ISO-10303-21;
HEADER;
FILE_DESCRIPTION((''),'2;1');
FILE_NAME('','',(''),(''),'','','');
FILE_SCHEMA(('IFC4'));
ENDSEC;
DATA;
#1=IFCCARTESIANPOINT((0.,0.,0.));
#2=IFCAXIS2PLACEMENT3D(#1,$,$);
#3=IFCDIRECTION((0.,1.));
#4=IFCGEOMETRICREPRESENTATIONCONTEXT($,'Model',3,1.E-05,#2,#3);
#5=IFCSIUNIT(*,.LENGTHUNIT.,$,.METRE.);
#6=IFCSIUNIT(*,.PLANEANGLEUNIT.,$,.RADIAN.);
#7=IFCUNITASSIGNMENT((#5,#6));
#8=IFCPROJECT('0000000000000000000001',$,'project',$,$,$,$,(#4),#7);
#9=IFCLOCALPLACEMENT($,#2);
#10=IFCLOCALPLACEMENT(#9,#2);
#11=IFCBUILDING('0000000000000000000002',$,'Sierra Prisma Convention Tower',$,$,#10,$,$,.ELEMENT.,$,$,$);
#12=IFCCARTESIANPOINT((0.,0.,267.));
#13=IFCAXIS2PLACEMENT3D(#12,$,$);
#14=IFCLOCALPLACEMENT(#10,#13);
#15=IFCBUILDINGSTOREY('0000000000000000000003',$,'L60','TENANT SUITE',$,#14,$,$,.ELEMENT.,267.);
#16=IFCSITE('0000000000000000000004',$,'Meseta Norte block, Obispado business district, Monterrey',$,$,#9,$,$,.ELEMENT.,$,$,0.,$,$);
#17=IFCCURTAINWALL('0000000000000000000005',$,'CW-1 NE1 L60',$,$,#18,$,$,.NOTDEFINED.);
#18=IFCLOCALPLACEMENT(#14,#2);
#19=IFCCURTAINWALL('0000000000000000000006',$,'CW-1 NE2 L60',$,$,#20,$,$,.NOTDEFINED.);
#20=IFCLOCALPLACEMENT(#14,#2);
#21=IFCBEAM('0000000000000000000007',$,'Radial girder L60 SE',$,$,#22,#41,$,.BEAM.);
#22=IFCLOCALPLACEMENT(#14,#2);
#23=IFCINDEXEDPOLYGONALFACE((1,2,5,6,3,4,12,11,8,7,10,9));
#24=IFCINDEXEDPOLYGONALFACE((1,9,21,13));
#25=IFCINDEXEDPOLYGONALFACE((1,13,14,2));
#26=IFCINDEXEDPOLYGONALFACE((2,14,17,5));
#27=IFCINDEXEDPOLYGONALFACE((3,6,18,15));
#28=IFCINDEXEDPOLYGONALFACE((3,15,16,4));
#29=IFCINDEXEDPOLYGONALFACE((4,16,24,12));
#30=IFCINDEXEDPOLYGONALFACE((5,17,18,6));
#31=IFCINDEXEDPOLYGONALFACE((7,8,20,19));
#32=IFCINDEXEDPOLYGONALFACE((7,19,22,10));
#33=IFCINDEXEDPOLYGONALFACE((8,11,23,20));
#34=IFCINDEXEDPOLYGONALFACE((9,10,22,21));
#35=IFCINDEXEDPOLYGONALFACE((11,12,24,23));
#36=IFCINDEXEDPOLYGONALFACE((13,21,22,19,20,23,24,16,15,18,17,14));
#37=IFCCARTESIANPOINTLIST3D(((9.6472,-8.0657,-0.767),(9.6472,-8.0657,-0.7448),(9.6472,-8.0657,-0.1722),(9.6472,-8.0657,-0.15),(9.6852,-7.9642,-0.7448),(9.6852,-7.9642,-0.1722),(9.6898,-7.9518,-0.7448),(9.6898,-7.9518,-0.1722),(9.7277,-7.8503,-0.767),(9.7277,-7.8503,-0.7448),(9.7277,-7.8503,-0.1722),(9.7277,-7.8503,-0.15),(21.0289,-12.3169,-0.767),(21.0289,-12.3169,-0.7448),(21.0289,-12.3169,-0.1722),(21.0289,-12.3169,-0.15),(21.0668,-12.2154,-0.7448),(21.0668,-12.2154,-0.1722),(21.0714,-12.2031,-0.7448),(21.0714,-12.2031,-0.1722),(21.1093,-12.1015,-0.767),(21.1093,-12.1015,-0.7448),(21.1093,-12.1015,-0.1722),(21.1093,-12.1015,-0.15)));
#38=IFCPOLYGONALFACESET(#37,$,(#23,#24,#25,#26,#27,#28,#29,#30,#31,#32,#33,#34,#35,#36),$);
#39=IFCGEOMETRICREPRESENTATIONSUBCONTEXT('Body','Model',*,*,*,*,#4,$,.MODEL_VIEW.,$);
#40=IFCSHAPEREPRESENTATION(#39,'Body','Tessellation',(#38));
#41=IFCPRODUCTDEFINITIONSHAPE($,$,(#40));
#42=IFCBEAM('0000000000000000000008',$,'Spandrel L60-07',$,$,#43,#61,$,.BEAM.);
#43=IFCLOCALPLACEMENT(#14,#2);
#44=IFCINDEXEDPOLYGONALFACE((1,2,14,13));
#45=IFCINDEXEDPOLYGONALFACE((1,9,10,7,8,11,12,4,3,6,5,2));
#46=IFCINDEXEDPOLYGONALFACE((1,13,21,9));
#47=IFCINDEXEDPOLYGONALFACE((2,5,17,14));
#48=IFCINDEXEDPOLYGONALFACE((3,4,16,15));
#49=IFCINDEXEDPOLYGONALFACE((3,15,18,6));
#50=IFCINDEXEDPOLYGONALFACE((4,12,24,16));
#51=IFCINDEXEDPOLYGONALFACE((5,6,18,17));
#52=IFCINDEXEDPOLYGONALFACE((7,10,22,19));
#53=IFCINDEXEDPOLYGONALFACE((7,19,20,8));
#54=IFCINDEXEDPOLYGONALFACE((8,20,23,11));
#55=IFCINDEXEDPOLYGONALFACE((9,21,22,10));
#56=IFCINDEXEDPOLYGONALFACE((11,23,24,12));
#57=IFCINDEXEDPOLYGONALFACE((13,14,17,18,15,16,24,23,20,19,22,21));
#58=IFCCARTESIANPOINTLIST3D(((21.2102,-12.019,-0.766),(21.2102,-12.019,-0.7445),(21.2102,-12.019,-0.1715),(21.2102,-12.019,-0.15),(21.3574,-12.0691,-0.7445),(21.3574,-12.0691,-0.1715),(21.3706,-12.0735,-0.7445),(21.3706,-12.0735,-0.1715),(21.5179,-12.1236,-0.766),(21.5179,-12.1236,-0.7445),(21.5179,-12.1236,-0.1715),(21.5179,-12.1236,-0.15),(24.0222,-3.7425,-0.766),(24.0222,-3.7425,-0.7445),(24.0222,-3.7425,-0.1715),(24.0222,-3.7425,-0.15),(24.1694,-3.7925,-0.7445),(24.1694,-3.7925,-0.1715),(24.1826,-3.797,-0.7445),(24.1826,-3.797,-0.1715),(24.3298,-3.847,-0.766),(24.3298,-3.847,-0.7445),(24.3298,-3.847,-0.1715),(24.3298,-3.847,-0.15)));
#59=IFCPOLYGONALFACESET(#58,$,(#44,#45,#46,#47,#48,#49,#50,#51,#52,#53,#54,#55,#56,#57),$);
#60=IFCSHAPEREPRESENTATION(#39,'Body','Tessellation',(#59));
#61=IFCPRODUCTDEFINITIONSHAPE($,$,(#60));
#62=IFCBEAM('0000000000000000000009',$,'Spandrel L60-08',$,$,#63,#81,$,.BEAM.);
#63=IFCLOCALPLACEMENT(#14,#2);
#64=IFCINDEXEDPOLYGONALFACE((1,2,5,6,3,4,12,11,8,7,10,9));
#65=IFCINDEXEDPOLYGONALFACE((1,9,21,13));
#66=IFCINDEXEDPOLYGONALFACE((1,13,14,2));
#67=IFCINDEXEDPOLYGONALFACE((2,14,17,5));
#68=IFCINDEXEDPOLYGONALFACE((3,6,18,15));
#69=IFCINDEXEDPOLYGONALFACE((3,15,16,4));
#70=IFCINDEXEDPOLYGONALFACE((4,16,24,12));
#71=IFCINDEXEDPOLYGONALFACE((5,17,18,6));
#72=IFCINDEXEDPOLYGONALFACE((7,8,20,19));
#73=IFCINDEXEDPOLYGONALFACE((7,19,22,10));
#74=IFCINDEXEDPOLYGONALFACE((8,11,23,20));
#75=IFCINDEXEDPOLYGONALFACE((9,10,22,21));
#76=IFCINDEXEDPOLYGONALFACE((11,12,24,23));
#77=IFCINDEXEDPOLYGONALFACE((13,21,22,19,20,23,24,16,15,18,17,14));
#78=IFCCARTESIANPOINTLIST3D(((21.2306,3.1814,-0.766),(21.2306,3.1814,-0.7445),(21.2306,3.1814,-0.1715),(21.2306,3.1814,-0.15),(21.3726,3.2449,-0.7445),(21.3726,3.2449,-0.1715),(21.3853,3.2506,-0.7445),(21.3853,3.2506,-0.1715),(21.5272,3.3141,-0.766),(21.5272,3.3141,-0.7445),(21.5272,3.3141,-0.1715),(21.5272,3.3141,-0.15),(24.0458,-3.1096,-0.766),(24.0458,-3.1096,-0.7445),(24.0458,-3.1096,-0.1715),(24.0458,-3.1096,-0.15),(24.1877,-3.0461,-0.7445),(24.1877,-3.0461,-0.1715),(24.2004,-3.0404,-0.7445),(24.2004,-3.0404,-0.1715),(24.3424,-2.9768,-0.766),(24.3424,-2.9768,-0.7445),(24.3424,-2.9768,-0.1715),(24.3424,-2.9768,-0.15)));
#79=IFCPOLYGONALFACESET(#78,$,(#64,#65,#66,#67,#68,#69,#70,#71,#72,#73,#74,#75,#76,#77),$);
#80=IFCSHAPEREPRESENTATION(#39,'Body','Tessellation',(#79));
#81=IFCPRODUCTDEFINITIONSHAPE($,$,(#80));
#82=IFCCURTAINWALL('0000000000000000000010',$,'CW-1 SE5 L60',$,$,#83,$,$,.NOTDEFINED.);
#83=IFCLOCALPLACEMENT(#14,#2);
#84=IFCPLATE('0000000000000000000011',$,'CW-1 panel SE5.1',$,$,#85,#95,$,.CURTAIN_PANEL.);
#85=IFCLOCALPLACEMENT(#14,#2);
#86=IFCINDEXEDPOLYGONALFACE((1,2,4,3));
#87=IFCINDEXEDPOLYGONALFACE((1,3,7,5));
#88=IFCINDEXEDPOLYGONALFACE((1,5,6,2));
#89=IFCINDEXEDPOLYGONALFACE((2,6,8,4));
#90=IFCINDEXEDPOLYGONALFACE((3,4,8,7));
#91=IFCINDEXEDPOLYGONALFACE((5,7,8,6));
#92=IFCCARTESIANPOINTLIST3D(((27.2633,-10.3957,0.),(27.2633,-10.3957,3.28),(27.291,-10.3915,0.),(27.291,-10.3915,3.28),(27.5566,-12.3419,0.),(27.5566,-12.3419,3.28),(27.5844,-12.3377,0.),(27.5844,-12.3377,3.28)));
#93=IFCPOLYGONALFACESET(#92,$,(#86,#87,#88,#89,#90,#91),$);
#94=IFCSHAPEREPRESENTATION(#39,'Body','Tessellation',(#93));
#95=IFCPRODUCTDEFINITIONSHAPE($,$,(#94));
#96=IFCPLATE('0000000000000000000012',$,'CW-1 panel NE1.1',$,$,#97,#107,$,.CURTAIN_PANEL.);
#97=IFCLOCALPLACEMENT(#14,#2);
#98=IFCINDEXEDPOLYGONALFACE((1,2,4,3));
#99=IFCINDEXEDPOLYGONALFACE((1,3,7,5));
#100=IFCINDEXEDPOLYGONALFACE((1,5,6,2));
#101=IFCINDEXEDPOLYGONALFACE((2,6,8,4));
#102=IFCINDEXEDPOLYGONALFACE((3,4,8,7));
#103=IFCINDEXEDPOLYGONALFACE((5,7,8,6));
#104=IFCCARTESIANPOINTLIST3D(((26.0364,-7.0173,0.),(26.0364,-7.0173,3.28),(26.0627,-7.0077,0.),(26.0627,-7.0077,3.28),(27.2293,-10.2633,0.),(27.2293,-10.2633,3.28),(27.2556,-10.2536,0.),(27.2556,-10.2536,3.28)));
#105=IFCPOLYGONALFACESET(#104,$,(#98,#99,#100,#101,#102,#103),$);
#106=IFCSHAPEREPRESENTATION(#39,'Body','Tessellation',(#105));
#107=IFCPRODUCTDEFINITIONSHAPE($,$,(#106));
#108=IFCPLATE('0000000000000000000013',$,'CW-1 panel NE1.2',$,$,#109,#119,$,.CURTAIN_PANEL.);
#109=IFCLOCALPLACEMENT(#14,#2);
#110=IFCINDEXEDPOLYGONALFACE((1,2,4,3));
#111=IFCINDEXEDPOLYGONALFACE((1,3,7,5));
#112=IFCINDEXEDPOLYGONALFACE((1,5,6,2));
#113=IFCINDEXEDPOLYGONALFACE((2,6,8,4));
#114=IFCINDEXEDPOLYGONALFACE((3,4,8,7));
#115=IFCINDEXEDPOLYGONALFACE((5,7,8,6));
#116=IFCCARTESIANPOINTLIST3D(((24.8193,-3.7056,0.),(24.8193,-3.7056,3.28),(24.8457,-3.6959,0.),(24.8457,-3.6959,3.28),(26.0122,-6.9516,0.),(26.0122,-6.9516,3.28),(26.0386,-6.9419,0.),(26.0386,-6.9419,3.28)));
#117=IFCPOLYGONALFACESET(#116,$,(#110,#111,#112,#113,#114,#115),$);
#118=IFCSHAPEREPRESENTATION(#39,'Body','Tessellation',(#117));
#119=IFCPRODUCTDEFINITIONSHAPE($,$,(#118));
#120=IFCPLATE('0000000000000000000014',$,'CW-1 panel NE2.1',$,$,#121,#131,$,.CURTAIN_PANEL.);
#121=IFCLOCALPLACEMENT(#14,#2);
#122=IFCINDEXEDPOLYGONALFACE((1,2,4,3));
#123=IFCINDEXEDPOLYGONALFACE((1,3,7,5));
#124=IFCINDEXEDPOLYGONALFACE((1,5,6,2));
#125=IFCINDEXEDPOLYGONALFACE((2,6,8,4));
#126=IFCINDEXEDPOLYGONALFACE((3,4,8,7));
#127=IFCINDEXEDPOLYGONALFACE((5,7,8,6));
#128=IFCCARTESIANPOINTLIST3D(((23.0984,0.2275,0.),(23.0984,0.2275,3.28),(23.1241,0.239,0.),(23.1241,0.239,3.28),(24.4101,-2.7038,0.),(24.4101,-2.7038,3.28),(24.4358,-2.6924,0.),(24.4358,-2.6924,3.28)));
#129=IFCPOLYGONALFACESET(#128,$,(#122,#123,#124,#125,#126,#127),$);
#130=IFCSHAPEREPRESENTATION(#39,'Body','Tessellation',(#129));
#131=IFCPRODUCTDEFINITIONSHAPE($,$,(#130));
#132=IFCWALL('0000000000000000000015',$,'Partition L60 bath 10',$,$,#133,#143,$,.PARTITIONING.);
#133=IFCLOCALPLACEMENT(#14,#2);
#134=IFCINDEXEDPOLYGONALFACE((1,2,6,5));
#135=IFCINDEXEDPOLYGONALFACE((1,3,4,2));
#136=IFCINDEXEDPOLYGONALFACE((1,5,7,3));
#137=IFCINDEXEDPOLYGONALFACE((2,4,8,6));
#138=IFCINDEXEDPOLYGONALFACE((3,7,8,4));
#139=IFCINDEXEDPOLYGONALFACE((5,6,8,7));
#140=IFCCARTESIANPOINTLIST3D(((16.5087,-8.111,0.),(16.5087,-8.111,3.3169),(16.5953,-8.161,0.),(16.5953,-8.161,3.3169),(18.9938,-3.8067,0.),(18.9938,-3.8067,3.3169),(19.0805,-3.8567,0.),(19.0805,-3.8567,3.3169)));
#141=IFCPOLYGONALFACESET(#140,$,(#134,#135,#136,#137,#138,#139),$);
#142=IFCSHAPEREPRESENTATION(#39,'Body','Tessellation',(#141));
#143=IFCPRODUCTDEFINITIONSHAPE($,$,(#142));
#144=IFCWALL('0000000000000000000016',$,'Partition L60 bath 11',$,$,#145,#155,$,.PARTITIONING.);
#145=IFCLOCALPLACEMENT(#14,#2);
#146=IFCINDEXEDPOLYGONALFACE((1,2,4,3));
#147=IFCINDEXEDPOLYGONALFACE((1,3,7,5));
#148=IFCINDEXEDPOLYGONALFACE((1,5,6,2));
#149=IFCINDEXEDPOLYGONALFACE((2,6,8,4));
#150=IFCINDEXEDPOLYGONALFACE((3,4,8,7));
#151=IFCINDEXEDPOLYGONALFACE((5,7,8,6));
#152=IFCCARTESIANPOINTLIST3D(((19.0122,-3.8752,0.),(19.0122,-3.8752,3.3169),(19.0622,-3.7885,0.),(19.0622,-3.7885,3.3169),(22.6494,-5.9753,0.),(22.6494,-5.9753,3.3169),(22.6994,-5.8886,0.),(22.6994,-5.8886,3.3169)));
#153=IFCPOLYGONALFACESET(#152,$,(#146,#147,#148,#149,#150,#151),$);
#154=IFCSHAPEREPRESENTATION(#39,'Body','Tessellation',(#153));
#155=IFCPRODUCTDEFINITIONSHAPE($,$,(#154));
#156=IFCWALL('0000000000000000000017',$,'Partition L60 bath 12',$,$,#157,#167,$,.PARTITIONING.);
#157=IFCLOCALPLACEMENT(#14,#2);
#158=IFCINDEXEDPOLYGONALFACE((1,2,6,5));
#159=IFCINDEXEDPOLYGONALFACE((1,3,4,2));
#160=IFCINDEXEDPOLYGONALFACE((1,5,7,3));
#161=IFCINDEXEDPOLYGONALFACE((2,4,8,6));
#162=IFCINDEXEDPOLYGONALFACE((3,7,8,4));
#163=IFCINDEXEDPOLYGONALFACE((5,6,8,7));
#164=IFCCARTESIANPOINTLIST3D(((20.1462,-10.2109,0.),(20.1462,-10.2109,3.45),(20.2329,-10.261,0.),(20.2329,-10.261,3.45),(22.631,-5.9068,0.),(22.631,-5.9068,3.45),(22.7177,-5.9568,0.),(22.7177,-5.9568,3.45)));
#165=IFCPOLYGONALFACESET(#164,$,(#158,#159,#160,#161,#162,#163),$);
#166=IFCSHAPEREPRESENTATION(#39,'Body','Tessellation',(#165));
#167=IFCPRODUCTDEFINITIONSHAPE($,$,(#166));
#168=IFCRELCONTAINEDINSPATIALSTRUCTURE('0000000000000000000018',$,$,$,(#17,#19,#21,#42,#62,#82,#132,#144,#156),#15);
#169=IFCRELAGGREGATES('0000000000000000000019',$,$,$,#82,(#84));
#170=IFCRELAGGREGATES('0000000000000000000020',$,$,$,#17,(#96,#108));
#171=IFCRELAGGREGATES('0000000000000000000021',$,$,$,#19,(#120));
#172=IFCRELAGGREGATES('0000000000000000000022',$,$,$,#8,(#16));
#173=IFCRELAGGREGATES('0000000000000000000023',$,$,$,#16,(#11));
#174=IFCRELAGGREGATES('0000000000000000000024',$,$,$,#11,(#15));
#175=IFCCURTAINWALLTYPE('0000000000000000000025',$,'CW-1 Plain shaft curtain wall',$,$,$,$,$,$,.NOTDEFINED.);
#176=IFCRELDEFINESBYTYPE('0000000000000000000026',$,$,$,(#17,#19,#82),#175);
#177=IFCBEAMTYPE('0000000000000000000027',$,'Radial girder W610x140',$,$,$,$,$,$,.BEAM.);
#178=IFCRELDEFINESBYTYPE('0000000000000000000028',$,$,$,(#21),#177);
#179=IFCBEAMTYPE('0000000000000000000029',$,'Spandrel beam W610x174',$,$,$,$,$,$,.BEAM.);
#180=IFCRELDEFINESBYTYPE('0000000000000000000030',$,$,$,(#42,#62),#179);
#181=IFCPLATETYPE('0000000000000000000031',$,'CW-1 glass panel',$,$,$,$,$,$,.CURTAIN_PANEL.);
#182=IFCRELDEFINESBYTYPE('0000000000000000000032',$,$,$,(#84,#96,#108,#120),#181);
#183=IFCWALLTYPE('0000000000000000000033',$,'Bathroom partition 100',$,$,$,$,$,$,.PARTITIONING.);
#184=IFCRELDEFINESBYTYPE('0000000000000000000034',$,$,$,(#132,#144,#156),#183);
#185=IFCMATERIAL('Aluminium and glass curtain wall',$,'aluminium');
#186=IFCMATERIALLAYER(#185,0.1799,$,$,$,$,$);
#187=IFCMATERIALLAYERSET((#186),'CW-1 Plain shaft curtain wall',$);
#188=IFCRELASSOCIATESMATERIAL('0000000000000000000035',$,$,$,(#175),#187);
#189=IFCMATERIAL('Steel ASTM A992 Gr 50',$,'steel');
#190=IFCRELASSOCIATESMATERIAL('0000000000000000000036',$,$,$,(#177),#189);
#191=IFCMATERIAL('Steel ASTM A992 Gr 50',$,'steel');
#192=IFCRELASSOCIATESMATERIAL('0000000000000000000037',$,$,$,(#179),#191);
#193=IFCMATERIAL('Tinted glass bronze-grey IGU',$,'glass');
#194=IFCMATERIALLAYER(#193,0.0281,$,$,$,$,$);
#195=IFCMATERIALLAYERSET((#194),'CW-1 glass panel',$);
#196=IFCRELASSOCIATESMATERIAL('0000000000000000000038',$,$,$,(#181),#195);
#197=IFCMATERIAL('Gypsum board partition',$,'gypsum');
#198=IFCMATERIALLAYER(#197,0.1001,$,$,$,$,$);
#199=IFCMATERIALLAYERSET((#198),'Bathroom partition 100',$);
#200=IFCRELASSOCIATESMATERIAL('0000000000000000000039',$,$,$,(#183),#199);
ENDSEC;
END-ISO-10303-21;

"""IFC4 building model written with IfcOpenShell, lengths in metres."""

from ifc_helpers import new_model, si_unit, direction, frame, frame_2d, origin, origin_2d, place, context, subcontext, project, spatial, rectangle, i_section, extrude, material, layer, layer_set, material_profile, profile_set, type_object, element, aggregate, save


model = new_model("IFC4")

# Units and contexts
model_context = context("Model", 3, precision=1e-05, world=origin(), true_north=direction((0.0, 1.0)))
body_context = subcontext(model_context, "Body", "Model", "MODEL_VIEW")
ifc_project = project(units=[si_unit("LENGTHUNIT", "METRE"), si_unit("PLANEANGLEUNIT", "RADIAN")], contexts=[model_context])

# Site, building, storey
site_placement = place(None, origin())
site = spatial("IfcSite", under=ifc_project, at=site_placement, Name="Meseta Norte block, Obispado business district, Monterrey", CompositionType="ELEMENT", RefElevation=0.0)
building_placement = place(site_placement, origin())
building = spatial("IfcBuilding", under=site, at=building_placement, Name="Sierra Prisma Convention Tower", CompositionType="ELEMENT")
storey_placement = place(building_placement, frame((0.0, 0.0, 267.0)))
storey = spatial("IfcBuildingStorey", under=building, at=storey_placement, Name="L60", Description="TENANT SUITE", CompositionType="ELEMENT", Elevation=267.0)

# Curtain wall
ifc_material_1 = material(Name="Aluminium and glass curtain wall", Category="aluminium")
ifc_layer_1 = layer(ifc_material_1, 0.1799)
ifc_layer_set_1 = layer_set([ifc_layer_1], Name="CW-1 Plain shaft curtain wall")
curtain_wall_type = type_object("IfcCurtainWallType", Name="CW-1 Plain shaft curtain wall", PredefinedType="NOTDEFINED", material=ifc_layer_set_1)
curtain_wall_1_placement = place(storey_placement, origin())
curtain_wall_1 = element("IfcCurtainWall", 1, at=curtain_wall_1_placement, inside=storey, type_object=curtain_wall_type, Name="CW-1 NE1 L60", PredefinedType="NOTDEFINED")

# Curtain wall
curtain_wall_2_placement = place(storey_placement, origin())
curtain_wall_2 = element("IfcCurtainWall", 2, at=curtain_wall_2_placement, inside=storey, type_object=curtain_wall_type, Name="CW-1 NE2 L60", PredefinedType="NOTDEFINED")

# Beams
ifc_material_2 = material(Name="Steel ASTM A992 Gr 50", Category="steel")
ifc_material_profile_1 = material_profile(ifc_material_2, i_section(OverallWidth=0.23, OverallDepth=0.6169, WebThickness=0.0132, FlangeThickness=0.0222, at=origin_2d()), Name="W610x140")
ifc_profile_set_1 = profile_set([ifc_material_profile_1], Name="Steel ASTM A992 Gr 50")
beam_type_1 = type_object("IfcBeamType", Name="Radial girder W610x140", PredefinedType="BEAM", material=ifc_profile_set_1)
beam_1_placement = place(storey_placement, frame((21.0691, -12.2092, -0.4585), z_axis=(-0.936785, 0.349905, 0.0), x_axis=(-0.349905, -0.936785, 0.0)))
element("IfcBeam", 3, at=beam_1_placement, inside=storey, type_object=beam_type_1, Name="Radial girder L60 SE", PredefinedType="BEAM", context=body_context, shape_type="SweptSolid", body=[
    extrude(i_section(OverallWidth=0.23, OverallDepth=0.6169, WebThickness=0.0132, FlangeThickness=0.0222, at=origin_2d()), origin(), (0.0, 0.0, 1.0), 12.1497),
])
ifc_material_3 = material(Name="Steel ASTM A992 Gr 50", Category="steel")
ifc_material_profile_2 = material_profile(ifc_material_3, i_section(OverallWidth=0.325, OverallDepth=0.616, WebThickness=0.0139, FlangeThickness=0.0215, at=origin_2d()), Name="W610x174")
ifc_profile_set_2 = profile_set([ifc_material_profile_2], Name="Steel ASTM A992 Gr 50")
beam_type_2 = type_object("IfcBeamType", Name="Spandrel beam W610x174", PredefinedType="BEAM", material=ifc_profile_set_2)
beam_2_placement = place(storey_placement, frame((21.364, -12.0713, -0.458), z_axis=(0.321694, 0.946844, 0.0), x_axis=(-0.946844, 0.321694, 0.0)))
element("IfcBeam", 4, at=beam_2_placement, inside=storey, type_object=beam_type_2, Name="Spandrel L60-07", PredefinedType="BEAM", context=body_context, shape_type="SweptSolid", body=[
    extrude(i_section(OverallWidth=0.325, OverallDepth=0.616, WebThickness=0.0139, FlangeThickness=0.0215, at=origin_2d()), origin(), (0.0, 0.0, 1.0), 8.7412),
])
beam_3_placement = place(storey_placement, frame((24.1941, -3.0432, -0.458), z_axis=(-0.408461, 0.912776, 0.0), x_axis=(-0.912776, -0.408461, 0.0)))
element("IfcBeam", 5, at=beam_3_placement, inside=storey, type_object=beam_type_2, Name="Spandrel L60-08", PredefinedType="BEAM", context=body_context, shape_type="SweptSolid", body=[
    extrude(i_section(OverallWidth=0.325, OverallDepth=0.616, WebThickness=0.0139, FlangeThickness=0.0215, at=origin_2d()), origin(), (0.0, 0.0, 1.0), 6.8921),
])

# Curtain wall, plate
curtain_wall_3_placement = place(storey_placement, origin())
curtain_wall_3 = element("IfcCurtainWall", 6, at=curtain_wall_3_placement, inside=storey, type_object=curtain_wall_type, Name="CW-1 SE5 L60", PredefinedType="NOTDEFINED")
ifc_material_4 = material(Name="Tinted glass bronze-grey IGU", Category="glass")
ifc_layer_2 = layer(ifc_material_4, 0.0281)
ifc_layer_set_2 = layer_set([ifc_layer_2], Name="CW-1 glass panel")
plate_type = type_object("IfcPlateType", Name="CW-1 glass panel", PredefinedType="CURTAIN_PANEL", material=ifc_layer_set_2)
plate_1_placement = place(storey_placement, frame((27.4238, -11.3667, 0.0), z_axis=(0.0, 0.0, 1.0), x_axis=(-0.149048, 0.98883, 0.0)))
plate_1 = element("IfcPlate", 7, at=plate_1_placement, type_object=plate_type, Name="CW-1 panel SE5.1", PredefinedType="CURTAIN_PANEL", context=body_context, shape_type="SweptSolid", body=[
    extrude(rectangle(XDim=1.9683, YDim=0.0281, at=origin_2d()), origin(), (0.0, 0.0, 1.0), 3.28),
])
aggregate(curtain_wall_3, [plate_1])

# Plates
plate_2_placement = place(storey_placement, frame((26.646, -8.6355, 0.0), z_axis=(0.0, 0.0, 1.0), x_axis=(-0.344952, 0.93862, 0.0)))
plate_2 = element("IfcPlate", 8, at=plate_2_placement, type_object=plate_type, Name="CW-1 panel NE1.1", PredefinedType="CURTAIN_PANEL", context=body_context, shape_type="SweptSolid", body=[
    extrude(rectangle(XDim=3.4583, YDim=0.0281, at=origin_2d()), origin(), (0.0, 0.0, 1.0), 3.28),
])
plate_3_placement = place(storey_placement, frame((25.429, -5.3237, 0.0), z_axis=(0.0, 0.0, 1.0), x_axis=(-0.344952, 0.93862, 0.0)))
plate_3 = element("IfcPlate", 9, at=plate_3_placement, type_object=plate_type, Name="CW-1 panel NE1.2", PredefinedType="CURTAIN_PANEL", context=body_context, shape_type="SweptSolid", body=[
    extrude(rectangle(XDim=3.4583, YDim=0.0281, at=origin_2d()), origin(), (0.0, 0.0, 1.0), 3.28),
])
aggregate(curtain_wall_1, [plate_2, plate_3])
plate_4_placement = place(storey_placement, frame((23.7671, -1.2324, 0.0), z_axis=(0.0, 0.0, 1.0), x_axis=(-0.408447, 0.912782, 0.0)))
plate_4 = element("IfcPlate", 10, at=plate_4_placement, type_object=plate_type, Name="CW-1 panel NE2.1", PredefinedType="CURTAIN_PANEL", context=body_context, shape_type="SweptSolid", body=[
    extrude(rectangle(XDim=3.2114, YDim=0.0281, at=origin_2d()), origin(), (0.0, 0.0, 1.0), 3.28),
])
aggregate(curtain_wall_2, [plate_4])

# Walls
ifc_material_5 = material(Name="Gypsum board partition", Category="gypsum")
ifc_layer_3 = layer(ifc_material_5, 0.1001)
ifc_layer_set_3 = layer_set([ifc_layer_3], Name="Bathroom partition 100")
wall_type_1 = type_object("IfcWallType", Name="Bathroom partition 100", PredefinedType="PARTITIONING", material=ifc_layer_set_3)
wall_1_placement = place(storey_placement, frame((16.552, -8.136, 0.0), z_axis=(0.0, 0.0, 1.0), x_axis=(0.500012, 0.866019, 0.0)))
element("IfcWall", 11, at=wall_1_placement, inside=storey, type_object=wall_type_1, Name="Partition L60 bath 10", PredefinedType="PARTITIONING", context=body_context, shape_type="SweptSolid", body=[
    extrude(rectangle(XDim=4.9702, YDim=0.1001, at=frame_2d((2.4851, 0.0))), origin(), (0.0, 0.0, 1.0), 3.3169),
])
wall_2_placement = place(storey_placement, frame((19.0371, -3.8318, 0.0), z_axis=(0.0, 0.0, 1.0), x_axis=(0.866009, -0.500028, 0.0)))
element("IfcWall", 12, at=wall_2_placement, inside=storey, type_object=wall_type_1, Name="Partition L60 bath 11", PredefinedType="PARTITIONING", context=body_context, shape_type="SweptSolid", body=[
    extrude(rectangle(XDim=4.2, YDim=0.1001, at=frame_2d((2.1001, 0.0))), origin(), (0.0, 0.0, 1.0), 3.3169),
])
wall_3_placement = place(storey_placement, frame((22.6743, -5.9319, 0.0), z_axis=(0.0, 0.0, 1.0), x_axis=(-0.499975, -0.86604, 0.0)))
element("IfcWall", 13, at=wall_3_placement, inside=storey, type_object=wall_type_1, Name="Partition L60 bath 12", PredefinedType="PARTITIONING", context=body_context, shape_type="SweptSolid", body=[
    extrude(rectangle(XDim=4.97, YDim=0.1001, at=frame_2d((2.4849, 0.0))), origin(), (0.0, 0.0, 1.0), 3.45),
])

save(model, "model.ifc")
